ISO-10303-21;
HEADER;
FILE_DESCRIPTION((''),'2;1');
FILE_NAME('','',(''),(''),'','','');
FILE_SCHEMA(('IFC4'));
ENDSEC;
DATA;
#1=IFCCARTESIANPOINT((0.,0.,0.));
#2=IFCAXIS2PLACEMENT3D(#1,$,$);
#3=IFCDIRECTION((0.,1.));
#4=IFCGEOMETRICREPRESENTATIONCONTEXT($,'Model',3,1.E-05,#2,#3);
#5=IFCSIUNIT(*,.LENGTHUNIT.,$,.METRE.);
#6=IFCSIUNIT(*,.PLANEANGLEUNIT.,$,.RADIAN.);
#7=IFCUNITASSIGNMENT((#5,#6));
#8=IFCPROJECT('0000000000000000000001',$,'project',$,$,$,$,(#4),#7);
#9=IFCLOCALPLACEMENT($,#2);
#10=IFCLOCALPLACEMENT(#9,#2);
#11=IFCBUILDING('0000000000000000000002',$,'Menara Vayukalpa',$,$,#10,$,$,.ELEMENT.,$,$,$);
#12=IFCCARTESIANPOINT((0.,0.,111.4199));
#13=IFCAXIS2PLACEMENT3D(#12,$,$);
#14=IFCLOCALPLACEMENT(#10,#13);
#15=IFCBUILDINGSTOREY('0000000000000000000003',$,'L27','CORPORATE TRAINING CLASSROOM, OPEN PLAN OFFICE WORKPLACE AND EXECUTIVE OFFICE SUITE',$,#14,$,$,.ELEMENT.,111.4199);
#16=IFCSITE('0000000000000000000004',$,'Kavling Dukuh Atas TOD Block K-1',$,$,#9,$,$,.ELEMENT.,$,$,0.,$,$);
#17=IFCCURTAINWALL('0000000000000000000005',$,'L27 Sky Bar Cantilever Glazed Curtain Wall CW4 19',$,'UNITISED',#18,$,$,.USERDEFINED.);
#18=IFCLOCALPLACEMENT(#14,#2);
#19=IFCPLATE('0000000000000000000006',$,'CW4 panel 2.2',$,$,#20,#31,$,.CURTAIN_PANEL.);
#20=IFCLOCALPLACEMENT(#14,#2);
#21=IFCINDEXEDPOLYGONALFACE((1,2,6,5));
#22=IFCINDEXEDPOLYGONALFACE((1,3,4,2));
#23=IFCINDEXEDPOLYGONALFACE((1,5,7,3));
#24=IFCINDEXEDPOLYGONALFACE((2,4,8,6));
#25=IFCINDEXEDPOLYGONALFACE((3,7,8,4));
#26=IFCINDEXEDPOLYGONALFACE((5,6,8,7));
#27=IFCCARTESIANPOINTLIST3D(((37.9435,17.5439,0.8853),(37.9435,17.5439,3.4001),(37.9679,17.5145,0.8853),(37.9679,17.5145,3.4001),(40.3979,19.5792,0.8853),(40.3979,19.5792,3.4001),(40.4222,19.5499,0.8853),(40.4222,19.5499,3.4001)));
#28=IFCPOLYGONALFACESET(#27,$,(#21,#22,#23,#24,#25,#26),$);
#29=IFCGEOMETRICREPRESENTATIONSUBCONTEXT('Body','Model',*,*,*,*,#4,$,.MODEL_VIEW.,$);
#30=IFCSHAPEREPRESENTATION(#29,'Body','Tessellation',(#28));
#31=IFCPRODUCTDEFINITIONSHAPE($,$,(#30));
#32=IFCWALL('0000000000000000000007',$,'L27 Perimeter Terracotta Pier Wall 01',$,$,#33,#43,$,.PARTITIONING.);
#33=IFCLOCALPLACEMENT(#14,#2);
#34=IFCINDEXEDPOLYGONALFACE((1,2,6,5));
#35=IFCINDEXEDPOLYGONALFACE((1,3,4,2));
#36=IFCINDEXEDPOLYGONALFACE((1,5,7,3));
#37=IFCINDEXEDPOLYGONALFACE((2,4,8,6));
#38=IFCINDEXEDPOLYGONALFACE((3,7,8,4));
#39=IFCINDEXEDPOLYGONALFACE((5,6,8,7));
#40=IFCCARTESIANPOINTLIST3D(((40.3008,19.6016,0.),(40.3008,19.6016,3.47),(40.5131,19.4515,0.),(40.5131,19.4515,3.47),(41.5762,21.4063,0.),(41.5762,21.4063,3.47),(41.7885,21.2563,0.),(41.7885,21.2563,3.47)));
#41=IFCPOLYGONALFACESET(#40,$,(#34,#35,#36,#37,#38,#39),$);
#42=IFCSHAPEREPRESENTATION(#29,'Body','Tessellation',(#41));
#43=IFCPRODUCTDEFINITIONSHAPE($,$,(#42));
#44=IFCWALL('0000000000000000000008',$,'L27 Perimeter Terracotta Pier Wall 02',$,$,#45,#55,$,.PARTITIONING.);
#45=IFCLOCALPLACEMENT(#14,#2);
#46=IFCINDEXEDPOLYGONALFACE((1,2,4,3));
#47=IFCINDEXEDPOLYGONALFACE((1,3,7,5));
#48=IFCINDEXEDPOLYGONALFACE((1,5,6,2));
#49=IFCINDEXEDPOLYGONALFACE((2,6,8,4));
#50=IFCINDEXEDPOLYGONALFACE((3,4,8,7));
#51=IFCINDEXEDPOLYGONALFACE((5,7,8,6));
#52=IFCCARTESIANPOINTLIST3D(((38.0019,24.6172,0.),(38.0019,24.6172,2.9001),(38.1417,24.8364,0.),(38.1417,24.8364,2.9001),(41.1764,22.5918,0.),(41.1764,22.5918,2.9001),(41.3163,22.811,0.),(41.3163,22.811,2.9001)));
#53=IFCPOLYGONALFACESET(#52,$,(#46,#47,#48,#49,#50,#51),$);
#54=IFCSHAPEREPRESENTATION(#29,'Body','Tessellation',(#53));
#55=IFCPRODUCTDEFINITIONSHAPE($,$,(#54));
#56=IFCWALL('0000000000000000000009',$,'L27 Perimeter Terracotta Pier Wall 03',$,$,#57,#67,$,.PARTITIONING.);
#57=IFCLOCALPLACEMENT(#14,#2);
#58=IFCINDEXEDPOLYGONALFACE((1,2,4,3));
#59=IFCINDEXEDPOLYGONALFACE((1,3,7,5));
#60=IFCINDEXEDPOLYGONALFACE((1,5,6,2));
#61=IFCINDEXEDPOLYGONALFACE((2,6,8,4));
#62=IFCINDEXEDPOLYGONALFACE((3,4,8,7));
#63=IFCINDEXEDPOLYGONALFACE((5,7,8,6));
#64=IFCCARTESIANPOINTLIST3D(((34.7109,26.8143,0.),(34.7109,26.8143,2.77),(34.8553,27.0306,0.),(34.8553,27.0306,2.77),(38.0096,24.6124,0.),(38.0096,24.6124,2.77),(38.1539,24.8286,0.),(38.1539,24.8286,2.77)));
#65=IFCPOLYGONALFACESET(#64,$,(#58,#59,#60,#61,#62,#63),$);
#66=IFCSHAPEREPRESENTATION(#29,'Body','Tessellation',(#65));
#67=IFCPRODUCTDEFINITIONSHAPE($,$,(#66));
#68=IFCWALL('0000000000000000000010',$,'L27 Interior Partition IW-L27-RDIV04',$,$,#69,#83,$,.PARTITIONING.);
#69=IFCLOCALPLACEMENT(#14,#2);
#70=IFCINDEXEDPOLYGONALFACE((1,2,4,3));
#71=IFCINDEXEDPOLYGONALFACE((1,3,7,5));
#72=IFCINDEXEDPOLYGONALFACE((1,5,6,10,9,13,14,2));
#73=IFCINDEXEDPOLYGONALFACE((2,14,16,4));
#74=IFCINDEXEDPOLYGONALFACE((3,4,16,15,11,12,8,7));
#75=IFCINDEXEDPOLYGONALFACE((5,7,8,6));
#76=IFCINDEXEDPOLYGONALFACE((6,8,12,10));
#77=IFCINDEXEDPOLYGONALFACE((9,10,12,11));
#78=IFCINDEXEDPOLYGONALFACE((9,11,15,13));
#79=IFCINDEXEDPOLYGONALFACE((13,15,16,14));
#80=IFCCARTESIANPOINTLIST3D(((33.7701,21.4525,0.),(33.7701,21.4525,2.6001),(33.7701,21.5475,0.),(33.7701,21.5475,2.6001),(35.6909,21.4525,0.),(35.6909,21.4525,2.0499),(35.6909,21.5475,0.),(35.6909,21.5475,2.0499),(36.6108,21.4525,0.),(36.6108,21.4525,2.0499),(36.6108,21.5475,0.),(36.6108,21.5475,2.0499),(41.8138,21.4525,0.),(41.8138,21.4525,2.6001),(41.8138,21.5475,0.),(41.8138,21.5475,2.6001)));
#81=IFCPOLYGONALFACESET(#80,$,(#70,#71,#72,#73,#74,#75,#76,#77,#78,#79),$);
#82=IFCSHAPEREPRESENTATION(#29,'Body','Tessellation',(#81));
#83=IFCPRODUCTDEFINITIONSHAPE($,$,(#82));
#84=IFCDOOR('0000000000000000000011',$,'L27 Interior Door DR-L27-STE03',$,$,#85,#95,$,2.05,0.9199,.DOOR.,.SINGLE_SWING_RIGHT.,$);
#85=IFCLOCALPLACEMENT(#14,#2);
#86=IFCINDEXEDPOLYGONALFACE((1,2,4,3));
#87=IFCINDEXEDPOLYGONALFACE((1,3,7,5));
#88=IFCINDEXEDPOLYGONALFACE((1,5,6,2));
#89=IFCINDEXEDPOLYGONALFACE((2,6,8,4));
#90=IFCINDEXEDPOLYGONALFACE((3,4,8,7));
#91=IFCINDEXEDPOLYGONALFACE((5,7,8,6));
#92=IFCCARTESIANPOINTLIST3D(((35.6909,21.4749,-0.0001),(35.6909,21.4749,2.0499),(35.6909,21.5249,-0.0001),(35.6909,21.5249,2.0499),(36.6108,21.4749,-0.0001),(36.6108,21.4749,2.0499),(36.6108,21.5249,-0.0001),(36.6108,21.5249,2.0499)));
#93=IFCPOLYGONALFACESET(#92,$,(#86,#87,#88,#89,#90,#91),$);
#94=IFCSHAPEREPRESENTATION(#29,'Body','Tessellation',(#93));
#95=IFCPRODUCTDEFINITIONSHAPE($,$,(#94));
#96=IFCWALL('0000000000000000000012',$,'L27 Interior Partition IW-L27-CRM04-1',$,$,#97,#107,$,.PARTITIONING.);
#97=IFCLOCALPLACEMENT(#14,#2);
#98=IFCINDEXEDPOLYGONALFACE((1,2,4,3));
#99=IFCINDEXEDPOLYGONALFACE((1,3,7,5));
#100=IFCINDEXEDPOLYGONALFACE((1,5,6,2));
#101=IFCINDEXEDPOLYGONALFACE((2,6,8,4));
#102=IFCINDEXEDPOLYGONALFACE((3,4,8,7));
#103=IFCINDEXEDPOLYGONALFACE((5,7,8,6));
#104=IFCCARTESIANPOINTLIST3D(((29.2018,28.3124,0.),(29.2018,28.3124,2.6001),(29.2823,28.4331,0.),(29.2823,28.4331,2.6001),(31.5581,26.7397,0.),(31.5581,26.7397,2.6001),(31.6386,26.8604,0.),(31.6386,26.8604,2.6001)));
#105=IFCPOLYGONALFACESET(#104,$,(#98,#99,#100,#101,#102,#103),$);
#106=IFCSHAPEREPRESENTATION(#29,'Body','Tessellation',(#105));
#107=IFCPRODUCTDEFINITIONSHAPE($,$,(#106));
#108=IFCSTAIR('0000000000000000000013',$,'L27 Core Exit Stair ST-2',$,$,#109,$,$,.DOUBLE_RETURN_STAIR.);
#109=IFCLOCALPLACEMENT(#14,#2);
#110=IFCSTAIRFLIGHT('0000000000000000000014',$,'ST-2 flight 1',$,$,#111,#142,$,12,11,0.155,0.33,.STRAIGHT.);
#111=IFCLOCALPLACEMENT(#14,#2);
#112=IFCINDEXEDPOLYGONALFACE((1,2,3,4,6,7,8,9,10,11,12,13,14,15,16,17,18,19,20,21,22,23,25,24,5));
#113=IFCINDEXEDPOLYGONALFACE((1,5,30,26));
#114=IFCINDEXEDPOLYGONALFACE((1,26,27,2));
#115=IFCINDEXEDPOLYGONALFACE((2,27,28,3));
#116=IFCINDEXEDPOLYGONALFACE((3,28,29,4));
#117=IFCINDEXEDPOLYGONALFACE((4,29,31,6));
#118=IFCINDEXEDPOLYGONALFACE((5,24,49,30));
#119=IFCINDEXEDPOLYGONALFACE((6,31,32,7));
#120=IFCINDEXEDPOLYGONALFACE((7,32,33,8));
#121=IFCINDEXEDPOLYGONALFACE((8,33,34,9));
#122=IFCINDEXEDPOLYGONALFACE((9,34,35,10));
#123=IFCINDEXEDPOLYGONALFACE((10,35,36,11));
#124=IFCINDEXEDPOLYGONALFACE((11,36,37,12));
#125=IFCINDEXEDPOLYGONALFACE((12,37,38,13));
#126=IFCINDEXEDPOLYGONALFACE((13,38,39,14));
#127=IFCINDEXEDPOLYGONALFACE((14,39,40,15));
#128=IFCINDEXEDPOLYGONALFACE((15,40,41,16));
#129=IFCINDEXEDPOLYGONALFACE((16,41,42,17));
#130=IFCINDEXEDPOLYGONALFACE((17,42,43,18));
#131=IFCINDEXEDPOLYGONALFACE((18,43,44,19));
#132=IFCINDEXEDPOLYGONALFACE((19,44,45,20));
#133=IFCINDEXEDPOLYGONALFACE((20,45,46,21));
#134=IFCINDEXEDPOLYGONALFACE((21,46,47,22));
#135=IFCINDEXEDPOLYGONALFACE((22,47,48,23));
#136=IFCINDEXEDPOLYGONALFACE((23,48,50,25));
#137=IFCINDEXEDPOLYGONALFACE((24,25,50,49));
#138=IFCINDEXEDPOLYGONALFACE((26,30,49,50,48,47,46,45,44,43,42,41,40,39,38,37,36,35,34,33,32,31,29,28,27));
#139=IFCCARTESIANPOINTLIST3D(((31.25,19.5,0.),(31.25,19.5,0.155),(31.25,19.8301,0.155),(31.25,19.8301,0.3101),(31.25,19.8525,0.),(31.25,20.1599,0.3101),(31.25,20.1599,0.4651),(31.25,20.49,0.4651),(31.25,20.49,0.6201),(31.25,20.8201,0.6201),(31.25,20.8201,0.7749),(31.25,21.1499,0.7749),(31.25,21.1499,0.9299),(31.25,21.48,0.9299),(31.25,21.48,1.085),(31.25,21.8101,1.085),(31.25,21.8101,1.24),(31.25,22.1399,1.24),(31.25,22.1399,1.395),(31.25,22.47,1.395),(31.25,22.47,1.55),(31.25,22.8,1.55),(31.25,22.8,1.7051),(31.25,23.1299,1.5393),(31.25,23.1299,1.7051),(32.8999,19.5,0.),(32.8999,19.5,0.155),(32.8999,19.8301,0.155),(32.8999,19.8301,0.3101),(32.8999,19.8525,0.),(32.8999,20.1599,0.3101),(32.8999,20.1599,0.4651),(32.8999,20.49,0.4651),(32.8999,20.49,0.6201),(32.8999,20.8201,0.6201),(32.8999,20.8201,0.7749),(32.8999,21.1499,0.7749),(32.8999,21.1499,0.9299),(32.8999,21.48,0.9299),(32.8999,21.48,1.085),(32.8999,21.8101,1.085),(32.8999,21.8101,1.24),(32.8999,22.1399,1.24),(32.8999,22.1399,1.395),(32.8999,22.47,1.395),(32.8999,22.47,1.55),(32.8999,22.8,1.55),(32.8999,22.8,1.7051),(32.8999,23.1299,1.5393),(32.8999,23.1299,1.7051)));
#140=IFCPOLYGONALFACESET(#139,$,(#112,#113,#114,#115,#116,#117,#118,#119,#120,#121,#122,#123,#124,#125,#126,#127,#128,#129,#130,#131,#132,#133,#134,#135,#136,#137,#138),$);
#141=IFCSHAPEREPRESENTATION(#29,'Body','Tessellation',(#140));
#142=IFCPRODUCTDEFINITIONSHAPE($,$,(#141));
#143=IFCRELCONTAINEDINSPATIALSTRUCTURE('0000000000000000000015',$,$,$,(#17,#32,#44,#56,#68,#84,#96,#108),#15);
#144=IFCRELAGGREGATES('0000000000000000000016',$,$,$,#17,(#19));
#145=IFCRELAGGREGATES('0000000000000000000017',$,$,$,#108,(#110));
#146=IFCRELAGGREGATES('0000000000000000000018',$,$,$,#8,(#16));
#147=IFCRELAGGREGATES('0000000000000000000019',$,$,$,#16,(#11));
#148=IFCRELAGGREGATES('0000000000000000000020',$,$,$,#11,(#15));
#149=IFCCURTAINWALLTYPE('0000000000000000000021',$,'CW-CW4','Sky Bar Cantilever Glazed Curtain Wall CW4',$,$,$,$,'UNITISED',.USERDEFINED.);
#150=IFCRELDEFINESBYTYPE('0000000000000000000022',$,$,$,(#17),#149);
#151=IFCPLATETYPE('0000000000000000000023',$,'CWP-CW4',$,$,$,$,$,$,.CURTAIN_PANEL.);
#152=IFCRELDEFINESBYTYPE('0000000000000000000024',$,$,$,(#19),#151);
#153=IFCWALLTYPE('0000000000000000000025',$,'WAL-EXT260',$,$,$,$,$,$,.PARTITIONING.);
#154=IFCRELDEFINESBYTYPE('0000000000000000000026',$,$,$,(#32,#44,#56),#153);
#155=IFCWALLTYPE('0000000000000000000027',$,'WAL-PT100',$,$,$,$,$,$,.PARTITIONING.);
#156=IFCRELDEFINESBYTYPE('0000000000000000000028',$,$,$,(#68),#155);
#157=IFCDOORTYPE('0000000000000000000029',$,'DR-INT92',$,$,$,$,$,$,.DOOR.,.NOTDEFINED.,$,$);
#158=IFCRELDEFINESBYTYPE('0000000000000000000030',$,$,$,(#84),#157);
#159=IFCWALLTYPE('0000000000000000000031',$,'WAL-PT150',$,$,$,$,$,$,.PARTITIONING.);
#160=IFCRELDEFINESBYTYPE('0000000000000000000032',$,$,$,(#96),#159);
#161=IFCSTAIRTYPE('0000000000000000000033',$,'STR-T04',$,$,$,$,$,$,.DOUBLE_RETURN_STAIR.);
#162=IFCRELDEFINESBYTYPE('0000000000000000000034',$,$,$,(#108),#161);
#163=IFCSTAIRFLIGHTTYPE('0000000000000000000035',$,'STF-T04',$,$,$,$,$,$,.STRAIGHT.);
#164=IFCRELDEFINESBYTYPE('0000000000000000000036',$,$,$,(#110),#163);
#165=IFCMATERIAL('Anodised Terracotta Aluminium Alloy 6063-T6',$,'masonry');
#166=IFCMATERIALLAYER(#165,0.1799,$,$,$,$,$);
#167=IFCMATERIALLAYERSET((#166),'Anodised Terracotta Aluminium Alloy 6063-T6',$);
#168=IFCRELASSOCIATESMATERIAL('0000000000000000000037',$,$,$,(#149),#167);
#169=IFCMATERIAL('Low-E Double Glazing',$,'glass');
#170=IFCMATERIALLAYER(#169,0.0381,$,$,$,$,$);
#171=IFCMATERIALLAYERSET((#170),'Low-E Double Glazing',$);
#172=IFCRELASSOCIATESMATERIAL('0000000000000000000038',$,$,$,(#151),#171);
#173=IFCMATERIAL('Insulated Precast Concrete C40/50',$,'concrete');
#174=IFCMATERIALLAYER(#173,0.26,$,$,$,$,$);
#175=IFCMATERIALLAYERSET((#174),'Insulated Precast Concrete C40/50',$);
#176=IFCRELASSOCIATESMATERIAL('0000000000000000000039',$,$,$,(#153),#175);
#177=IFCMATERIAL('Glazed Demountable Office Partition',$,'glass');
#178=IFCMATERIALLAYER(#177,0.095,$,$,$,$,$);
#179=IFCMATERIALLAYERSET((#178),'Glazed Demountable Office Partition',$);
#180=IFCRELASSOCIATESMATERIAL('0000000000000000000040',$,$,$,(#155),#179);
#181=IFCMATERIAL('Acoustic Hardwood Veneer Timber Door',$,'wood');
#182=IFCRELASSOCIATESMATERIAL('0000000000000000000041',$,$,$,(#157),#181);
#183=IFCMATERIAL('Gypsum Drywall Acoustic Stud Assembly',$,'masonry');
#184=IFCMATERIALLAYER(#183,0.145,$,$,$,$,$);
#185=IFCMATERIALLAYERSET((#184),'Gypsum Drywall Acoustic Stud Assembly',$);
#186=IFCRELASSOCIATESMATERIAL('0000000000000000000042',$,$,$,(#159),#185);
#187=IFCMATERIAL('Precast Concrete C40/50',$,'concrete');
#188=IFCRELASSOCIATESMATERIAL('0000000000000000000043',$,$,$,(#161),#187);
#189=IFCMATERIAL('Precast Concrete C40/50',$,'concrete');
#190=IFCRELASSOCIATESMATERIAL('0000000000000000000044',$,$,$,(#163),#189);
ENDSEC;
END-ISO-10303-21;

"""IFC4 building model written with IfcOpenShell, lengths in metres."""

from ifc_helpers import new_model, si_unit, direction, frame, frame_2d, origin, origin_2d, place, context, subcontext, project, spatial, polyline, rectangle, outline, extrude, material, layer, layer_set, type_object, element, fill, aggregate, save


model = new_model("IFC4")

# Units and contexts
model_context = context("Model", 3, precision=1e-05, world=origin(), true_north=direction((0.0, 1.0)))
body_context = subcontext(model_context, "Body", "Model", "MODEL_VIEW")
ifc_project = project(units=[si_unit("LENGTHUNIT", "METRE"), si_unit("PLANEANGLEUNIT", "RADIAN")], contexts=[model_context])

# Site, building, storey
site_placement = place(None, origin())
site = spatial("IfcSite", under=ifc_project, at=site_placement, Name="Kavling Dukuh Atas TOD Block K-1", CompositionType="ELEMENT", RefElevation=0.0)
building_placement = place(site_placement, origin())
building = spatial("IfcBuilding", under=site, at=building_placement, Name="Menara Vayukalpa", CompositionType="ELEMENT")
storey_placement = place(building_placement, frame((0.0, 0.0, 111.4199)))
storey = spatial("IfcBuildingStorey", under=building, at=storey_placement, Name="L27", Description="CORPORATE TRAINING CLASSROOM, OPEN PLAN OFFICE WORKPLACE AND EXECUTIVE OFFICE SUITE", CompositionType="ELEMENT", Elevation=111.4199)

# Curtain wall, plate
ifc_material_1 = material(Name="Anodised Terracotta Aluminium Alloy 6063-T6", Category="masonry")
ifc_layer_1 = layer(ifc_material_1, 0.1799)
ifc_layer_set_1 = layer_set([ifc_layer_1], Name="Anodised Terracotta Aluminium Alloy 6063-T6")
curtain_wall_type = type_object("IfcCurtainWallType", Name="CW-CW4", Description="Sky Bar Cantilever Glazed Curtain Wall CW4", ElementType="UNITISED", PredefinedType="USERDEFINED", material=ifc_layer_set_1)
curtain_wall_placement = place(storey_placement, origin())
curtain_wall = element("IfcCurtainWall", 1, at=curtain_wall_placement, inside=storey, type_object=curtain_wall_type, Name="L27 Sky Bar Cantilever Glazed Curtain Wall CW4 19", ObjectType="UNITISED", PredefinedType="USERDEFINED")
ifc_material_2 = material(Name="Low-E Double Glazing", Category="glass")
ifc_layer_2 = layer(ifc_material_2, 0.0381)
ifc_layer_set_2 = layer_set([ifc_layer_2], Name="Low-E Double Glazing")
plate_type = type_object("IfcPlateType", Name="CWP-CW4", PredefinedType="CURTAIN_PANEL", material=ifc_layer_set_2)
plate_placement = place(storey_placement, frame((39.1829, 18.5469, 0.8853), z_axis=(0.0, 0.0, 1.0), x_axis=(0.76975, 0.638346, 0.0)))
plate = element("IfcPlate", 2, at=plate_placement, type_object=plate_type, Name="CW4 panel 2.2", PredefinedType="CURTAIN_PANEL", context=body_context, shape_type="SweptSolid", body=[
    extrude(rectangle(XDim=3.1885, YDim=0.0381, at=origin_2d()), origin(), (0.0, 0.0, 1.0), 2.5149),
])
aggregate(curtain_wall, [plate])

# Walls
ifc_material_3 = material(Name="Insulated Precast Concrete C40/50", Category="concrete")
ifc_layer_3 = layer(ifc_material_3, 0.26)
ifc_layer_set_3 = layer_set([ifc_layer_3], Name="Insulated Precast Concrete C40/50")
wall_type_1 = type_object("IfcWallType", Name="WAL-EXT260", PredefinedType="PARTITIONING", material=ifc_layer_set_3)
wall_1_placement = place(storey_placement, frame((41.6824, 21.3313, 0.0), z_axis=(0.0, 0.0, 1.0), x_axis=(-0.577134, -0.816649, 0.0)))
element("IfcWall", 3, at=wall_1_placement, inside=storey, type_object=wall_type_1, Name="L27 Perimeter Terracotta Pier Wall 01", PredefinedType="PARTITIONING", context=body_context, shape_type="SweptSolid", body=[
    extrude(rectangle(XDim=2.21, YDim=0.26, at=frame_2d((1.105, 0.0))), origin(), (0.0, 0.0, 1.0), 3.47),
])
wall_2_placement = place(storey_placement, frame((38.0718, 24.7268, 0.0), z_axis=(0.0, 0.0, 1.0), x_axis=(0.843034, -0.537861, 0.0)))
element("IfcWall", 4, at=wall_2_placement, inside=storey, type_object=wall_type_1, Name="L27 Perimeter Terracotta Pier Wall 02", PredefinedType="PARTITIONING", context=body_context, shape_type="SweptSolid", body=[
    extrude(rectangle(XDim=3.7656, YDim=0.26, at=frame_2d((1.8828, 0.0))), origin(), (0.0, 0.0, 1.0), 2.9001),
])
wall_3_placement = place(storey_placement, frame((34.7832, 26.9224, 0.0), z_axis=(0.0, 0.0, 1.0), x_axis=(0.831719, -0.555197, 0.0)))
element("IfcWall", 5, at=wall_3_placement, inside=storey, type_object=wall_type_1, Name="L27 Perimeter Terracotta Pier Wall 03", PredefinedType="PARTITIONING", context=body_context, shape_type="SweptSolid", body=[
    extrude(rectangle(XDim=3.9661, YDim=0.26, at=frame_2d((1.9829, 0.0))), origin(), (0.0, 0.0, 1.0), 2.77),
])

# Wall, opening, door
ifc_material_4 = material(Name="Glazed Demountable Office Partition", Category="glass")
ifc_layer_4 = layer(ifc_material_4, 0.095)
ifc_layer_set_4 = layer_set([ifc_layer_4], Name="Glazed Demountable Office Partition")
wall_type_2 = type_object("IfcWallType", Name="WAL-PT100", PredefinedType="PARTITIONING", material=ifc_layer_set_4)
wall_4_placement = place(storey_placement, frame((33.77, 21.5, 0.0), z_axis=(0.0, 0.0, 1.0), x_axis=(1.0, 0.0, 0.0)))
wall_4 = element("IfcWall", 6, at=wall_4_placement, inside=storey, type_object=wall_type_2, Name="L27 Interior Partition IW-L27-RDIV04", PredefinedType="PARTITIONING", context=body_context, shape_type="SweptSolid", body=[
    extrude(rectangle(XDim=8.0437, YDim=0.095, at=frame_2d((4.022, 0.0))), origin(), (0.0, 0.0, 1.0), 2.6001),
])
opening_placement = place(wall_4_placement, frame((1.9209, 0.0, 0.0)))
opening = element("IfcOpeningElement", 7, at=opening_placement, cuts=wall_4, PredefinedType="OPENING", context=body_context, shape_type="SweptSolid", body=[
    extrude(rectangle(XDim=0.9199, YDim=2.05, at=frame_2d((0.46, 1.0249))), frame((0.0, 0.0574, 0.0), z_axis=(0.0, -1.0, 0.0), x_axis=(1.0, 0.0, 0.0)), (0.0, 0.0, 1.0), 0.115),
])
ifc_material_5 = material(Name="Acoustic Hardwood Veneer Timber Door", Category="wood")
door_type = type_object("IfcDoorType", Name="DR-INT92", OperationType="NOTDEFINED", PredefinedType="DOOR", material=ifc_material_5)
door_placement = place(opening_placement, origin())
door = element("IfcDoor", 8, at=door_placement, inside=storey, type_object=door_type, Name="L27 Interior Door DR-L27-STE03", OperationType="SINGLE_SWING_RIGHT", OverallHeight=2.05, OverallWidth=0.9199, PredefinedType="DOOR", context=body_context, shape_type="SweptSolid", body=[
    extrude(rectangle(XDim=0.9199, YDim=2.05, at=frame_2d((0.46, 1.0249))), frame((0.0, 0.0249, 0.0), z_axis=(0.0, -1.0, 0.0), x_axis=(1.0, 0.0, 0.0)), (0.0, 0.0, 1.0), 0.05),
])
fill(opening, door)

# Wall
ifc_material_6 = material(Name="Gypsum Drywall Acoustic Stud Assembly", Category="masonry")
ifc_layer_5 = layer(ifc_material_6, 0.145)
ifc_layer_set_5 = layer_set([ifc_layer_5], Name="Gypsum Drywall Acoustic Stud Assembly")
wall_type_3 = type_object("IfcWallType", Name="WAL-PT150", PredefinedType="PARTITIONING", material=ifc_layer_set_5)
wall_5_placement = place(storey_placement, frame((31.5984, 26.8, 0.0), z_axis=(0.0, 0.0, 1.0), x_axis=(-0.831759, 0.555138, 0.0)))
element("IfcWall", 9, at=wall_5_placement, inside=storey, type_object=wall_type_3, Name="L27 Interior Partition IW-L27-CRM04-1", PredefinedType="PARTITIONING", context=body_context, shape_type="SweptSolid", body=[
    extrude(rectangle(XDim=2.833, YDim=0.145, at=frame_2d((1.4165, 0.0))), origin(), (0.0, 0.0, 1.0), 2.6001),
])

# Stair, stair flight
ifc_material_7 = material(Name="Precast Concrete C40/50", Category="concrete")
stair_type = type_object("IfcStairType", Name="STR-T04", PredefinedType="DOUBLE_RETURN_STAIR", material=ifc_material_7)
stair_placement = place(storey_placement, origin())
stair = element("IfcStair", 10, at=stair_placement, inside=storey, type_object=stair_type, Name="L27 Core Exit Stair ST-2", PredefinedType="DOUBLE_RETURN_STAIR")
ifc_material_8 = material(Name="Precast Concrete C40/50", Category="concrete")
stair_flight_type = type_object("IfcStairFlightType", Name="STF-T04", PredefinedType="STRAIGHT", material=ifc_material_8)
stair_flight_placement = place(storey_placement, frame((32.075, 19.5, 0.0), z_axis=(0.0, 0.0, 1.0), x_axis=(0.0, 1.0, 0.0)))
stair_flight = element("IfcStairFlight", 11, at=stair_flight_placement, type_object=stair_flight_type, Name="ST-2 flight 1", NumberOfRisers=12, NumberOfTreads=11, PredefinedType="STRAIGHT", RiserHeight=0.155, TreadLength=0.33, context=body_context, shape_type="SweptSolid", body=[
    extrude(outline(polyline([(0.0, 0.0), (0.0, 0.155), (0.3301, 0.155), (0.3301, 0.3101), (0.6599, 0.3101), (0.6599, 0.4651), (0.99, 0.4651), (0.99, 0.6201), (1.3201, 0.6201), (1.3201, 0.7749), (1.6499, 0.7749), (1.6499, 0.9299), (1.98, 0.9299), (1.98, 1.085), (2.3101, 1.085), (2.3101, 1.24), (2.6399, 1.24), (2.6399, 1.395), (2.97, 1.395), (2.97, 1.55), (3.3, 1.55), (3.3, 1.7051), (3.6299, 1.7051), (3.6299, 1.8601), (3.6299, 1.5393), (0.3525, 0.0), (0.0, 0.0)])), frame((0.0, 0.825, 0.0), z_axis=(0.0, -1.0, 0.0), x_axis=(1.0, 0.0, 0.0)), (0.0, 0.0, 1.0), 1.6499),
])
aggregate(stair, [stair_flight])

save(model, "model.ifc")
